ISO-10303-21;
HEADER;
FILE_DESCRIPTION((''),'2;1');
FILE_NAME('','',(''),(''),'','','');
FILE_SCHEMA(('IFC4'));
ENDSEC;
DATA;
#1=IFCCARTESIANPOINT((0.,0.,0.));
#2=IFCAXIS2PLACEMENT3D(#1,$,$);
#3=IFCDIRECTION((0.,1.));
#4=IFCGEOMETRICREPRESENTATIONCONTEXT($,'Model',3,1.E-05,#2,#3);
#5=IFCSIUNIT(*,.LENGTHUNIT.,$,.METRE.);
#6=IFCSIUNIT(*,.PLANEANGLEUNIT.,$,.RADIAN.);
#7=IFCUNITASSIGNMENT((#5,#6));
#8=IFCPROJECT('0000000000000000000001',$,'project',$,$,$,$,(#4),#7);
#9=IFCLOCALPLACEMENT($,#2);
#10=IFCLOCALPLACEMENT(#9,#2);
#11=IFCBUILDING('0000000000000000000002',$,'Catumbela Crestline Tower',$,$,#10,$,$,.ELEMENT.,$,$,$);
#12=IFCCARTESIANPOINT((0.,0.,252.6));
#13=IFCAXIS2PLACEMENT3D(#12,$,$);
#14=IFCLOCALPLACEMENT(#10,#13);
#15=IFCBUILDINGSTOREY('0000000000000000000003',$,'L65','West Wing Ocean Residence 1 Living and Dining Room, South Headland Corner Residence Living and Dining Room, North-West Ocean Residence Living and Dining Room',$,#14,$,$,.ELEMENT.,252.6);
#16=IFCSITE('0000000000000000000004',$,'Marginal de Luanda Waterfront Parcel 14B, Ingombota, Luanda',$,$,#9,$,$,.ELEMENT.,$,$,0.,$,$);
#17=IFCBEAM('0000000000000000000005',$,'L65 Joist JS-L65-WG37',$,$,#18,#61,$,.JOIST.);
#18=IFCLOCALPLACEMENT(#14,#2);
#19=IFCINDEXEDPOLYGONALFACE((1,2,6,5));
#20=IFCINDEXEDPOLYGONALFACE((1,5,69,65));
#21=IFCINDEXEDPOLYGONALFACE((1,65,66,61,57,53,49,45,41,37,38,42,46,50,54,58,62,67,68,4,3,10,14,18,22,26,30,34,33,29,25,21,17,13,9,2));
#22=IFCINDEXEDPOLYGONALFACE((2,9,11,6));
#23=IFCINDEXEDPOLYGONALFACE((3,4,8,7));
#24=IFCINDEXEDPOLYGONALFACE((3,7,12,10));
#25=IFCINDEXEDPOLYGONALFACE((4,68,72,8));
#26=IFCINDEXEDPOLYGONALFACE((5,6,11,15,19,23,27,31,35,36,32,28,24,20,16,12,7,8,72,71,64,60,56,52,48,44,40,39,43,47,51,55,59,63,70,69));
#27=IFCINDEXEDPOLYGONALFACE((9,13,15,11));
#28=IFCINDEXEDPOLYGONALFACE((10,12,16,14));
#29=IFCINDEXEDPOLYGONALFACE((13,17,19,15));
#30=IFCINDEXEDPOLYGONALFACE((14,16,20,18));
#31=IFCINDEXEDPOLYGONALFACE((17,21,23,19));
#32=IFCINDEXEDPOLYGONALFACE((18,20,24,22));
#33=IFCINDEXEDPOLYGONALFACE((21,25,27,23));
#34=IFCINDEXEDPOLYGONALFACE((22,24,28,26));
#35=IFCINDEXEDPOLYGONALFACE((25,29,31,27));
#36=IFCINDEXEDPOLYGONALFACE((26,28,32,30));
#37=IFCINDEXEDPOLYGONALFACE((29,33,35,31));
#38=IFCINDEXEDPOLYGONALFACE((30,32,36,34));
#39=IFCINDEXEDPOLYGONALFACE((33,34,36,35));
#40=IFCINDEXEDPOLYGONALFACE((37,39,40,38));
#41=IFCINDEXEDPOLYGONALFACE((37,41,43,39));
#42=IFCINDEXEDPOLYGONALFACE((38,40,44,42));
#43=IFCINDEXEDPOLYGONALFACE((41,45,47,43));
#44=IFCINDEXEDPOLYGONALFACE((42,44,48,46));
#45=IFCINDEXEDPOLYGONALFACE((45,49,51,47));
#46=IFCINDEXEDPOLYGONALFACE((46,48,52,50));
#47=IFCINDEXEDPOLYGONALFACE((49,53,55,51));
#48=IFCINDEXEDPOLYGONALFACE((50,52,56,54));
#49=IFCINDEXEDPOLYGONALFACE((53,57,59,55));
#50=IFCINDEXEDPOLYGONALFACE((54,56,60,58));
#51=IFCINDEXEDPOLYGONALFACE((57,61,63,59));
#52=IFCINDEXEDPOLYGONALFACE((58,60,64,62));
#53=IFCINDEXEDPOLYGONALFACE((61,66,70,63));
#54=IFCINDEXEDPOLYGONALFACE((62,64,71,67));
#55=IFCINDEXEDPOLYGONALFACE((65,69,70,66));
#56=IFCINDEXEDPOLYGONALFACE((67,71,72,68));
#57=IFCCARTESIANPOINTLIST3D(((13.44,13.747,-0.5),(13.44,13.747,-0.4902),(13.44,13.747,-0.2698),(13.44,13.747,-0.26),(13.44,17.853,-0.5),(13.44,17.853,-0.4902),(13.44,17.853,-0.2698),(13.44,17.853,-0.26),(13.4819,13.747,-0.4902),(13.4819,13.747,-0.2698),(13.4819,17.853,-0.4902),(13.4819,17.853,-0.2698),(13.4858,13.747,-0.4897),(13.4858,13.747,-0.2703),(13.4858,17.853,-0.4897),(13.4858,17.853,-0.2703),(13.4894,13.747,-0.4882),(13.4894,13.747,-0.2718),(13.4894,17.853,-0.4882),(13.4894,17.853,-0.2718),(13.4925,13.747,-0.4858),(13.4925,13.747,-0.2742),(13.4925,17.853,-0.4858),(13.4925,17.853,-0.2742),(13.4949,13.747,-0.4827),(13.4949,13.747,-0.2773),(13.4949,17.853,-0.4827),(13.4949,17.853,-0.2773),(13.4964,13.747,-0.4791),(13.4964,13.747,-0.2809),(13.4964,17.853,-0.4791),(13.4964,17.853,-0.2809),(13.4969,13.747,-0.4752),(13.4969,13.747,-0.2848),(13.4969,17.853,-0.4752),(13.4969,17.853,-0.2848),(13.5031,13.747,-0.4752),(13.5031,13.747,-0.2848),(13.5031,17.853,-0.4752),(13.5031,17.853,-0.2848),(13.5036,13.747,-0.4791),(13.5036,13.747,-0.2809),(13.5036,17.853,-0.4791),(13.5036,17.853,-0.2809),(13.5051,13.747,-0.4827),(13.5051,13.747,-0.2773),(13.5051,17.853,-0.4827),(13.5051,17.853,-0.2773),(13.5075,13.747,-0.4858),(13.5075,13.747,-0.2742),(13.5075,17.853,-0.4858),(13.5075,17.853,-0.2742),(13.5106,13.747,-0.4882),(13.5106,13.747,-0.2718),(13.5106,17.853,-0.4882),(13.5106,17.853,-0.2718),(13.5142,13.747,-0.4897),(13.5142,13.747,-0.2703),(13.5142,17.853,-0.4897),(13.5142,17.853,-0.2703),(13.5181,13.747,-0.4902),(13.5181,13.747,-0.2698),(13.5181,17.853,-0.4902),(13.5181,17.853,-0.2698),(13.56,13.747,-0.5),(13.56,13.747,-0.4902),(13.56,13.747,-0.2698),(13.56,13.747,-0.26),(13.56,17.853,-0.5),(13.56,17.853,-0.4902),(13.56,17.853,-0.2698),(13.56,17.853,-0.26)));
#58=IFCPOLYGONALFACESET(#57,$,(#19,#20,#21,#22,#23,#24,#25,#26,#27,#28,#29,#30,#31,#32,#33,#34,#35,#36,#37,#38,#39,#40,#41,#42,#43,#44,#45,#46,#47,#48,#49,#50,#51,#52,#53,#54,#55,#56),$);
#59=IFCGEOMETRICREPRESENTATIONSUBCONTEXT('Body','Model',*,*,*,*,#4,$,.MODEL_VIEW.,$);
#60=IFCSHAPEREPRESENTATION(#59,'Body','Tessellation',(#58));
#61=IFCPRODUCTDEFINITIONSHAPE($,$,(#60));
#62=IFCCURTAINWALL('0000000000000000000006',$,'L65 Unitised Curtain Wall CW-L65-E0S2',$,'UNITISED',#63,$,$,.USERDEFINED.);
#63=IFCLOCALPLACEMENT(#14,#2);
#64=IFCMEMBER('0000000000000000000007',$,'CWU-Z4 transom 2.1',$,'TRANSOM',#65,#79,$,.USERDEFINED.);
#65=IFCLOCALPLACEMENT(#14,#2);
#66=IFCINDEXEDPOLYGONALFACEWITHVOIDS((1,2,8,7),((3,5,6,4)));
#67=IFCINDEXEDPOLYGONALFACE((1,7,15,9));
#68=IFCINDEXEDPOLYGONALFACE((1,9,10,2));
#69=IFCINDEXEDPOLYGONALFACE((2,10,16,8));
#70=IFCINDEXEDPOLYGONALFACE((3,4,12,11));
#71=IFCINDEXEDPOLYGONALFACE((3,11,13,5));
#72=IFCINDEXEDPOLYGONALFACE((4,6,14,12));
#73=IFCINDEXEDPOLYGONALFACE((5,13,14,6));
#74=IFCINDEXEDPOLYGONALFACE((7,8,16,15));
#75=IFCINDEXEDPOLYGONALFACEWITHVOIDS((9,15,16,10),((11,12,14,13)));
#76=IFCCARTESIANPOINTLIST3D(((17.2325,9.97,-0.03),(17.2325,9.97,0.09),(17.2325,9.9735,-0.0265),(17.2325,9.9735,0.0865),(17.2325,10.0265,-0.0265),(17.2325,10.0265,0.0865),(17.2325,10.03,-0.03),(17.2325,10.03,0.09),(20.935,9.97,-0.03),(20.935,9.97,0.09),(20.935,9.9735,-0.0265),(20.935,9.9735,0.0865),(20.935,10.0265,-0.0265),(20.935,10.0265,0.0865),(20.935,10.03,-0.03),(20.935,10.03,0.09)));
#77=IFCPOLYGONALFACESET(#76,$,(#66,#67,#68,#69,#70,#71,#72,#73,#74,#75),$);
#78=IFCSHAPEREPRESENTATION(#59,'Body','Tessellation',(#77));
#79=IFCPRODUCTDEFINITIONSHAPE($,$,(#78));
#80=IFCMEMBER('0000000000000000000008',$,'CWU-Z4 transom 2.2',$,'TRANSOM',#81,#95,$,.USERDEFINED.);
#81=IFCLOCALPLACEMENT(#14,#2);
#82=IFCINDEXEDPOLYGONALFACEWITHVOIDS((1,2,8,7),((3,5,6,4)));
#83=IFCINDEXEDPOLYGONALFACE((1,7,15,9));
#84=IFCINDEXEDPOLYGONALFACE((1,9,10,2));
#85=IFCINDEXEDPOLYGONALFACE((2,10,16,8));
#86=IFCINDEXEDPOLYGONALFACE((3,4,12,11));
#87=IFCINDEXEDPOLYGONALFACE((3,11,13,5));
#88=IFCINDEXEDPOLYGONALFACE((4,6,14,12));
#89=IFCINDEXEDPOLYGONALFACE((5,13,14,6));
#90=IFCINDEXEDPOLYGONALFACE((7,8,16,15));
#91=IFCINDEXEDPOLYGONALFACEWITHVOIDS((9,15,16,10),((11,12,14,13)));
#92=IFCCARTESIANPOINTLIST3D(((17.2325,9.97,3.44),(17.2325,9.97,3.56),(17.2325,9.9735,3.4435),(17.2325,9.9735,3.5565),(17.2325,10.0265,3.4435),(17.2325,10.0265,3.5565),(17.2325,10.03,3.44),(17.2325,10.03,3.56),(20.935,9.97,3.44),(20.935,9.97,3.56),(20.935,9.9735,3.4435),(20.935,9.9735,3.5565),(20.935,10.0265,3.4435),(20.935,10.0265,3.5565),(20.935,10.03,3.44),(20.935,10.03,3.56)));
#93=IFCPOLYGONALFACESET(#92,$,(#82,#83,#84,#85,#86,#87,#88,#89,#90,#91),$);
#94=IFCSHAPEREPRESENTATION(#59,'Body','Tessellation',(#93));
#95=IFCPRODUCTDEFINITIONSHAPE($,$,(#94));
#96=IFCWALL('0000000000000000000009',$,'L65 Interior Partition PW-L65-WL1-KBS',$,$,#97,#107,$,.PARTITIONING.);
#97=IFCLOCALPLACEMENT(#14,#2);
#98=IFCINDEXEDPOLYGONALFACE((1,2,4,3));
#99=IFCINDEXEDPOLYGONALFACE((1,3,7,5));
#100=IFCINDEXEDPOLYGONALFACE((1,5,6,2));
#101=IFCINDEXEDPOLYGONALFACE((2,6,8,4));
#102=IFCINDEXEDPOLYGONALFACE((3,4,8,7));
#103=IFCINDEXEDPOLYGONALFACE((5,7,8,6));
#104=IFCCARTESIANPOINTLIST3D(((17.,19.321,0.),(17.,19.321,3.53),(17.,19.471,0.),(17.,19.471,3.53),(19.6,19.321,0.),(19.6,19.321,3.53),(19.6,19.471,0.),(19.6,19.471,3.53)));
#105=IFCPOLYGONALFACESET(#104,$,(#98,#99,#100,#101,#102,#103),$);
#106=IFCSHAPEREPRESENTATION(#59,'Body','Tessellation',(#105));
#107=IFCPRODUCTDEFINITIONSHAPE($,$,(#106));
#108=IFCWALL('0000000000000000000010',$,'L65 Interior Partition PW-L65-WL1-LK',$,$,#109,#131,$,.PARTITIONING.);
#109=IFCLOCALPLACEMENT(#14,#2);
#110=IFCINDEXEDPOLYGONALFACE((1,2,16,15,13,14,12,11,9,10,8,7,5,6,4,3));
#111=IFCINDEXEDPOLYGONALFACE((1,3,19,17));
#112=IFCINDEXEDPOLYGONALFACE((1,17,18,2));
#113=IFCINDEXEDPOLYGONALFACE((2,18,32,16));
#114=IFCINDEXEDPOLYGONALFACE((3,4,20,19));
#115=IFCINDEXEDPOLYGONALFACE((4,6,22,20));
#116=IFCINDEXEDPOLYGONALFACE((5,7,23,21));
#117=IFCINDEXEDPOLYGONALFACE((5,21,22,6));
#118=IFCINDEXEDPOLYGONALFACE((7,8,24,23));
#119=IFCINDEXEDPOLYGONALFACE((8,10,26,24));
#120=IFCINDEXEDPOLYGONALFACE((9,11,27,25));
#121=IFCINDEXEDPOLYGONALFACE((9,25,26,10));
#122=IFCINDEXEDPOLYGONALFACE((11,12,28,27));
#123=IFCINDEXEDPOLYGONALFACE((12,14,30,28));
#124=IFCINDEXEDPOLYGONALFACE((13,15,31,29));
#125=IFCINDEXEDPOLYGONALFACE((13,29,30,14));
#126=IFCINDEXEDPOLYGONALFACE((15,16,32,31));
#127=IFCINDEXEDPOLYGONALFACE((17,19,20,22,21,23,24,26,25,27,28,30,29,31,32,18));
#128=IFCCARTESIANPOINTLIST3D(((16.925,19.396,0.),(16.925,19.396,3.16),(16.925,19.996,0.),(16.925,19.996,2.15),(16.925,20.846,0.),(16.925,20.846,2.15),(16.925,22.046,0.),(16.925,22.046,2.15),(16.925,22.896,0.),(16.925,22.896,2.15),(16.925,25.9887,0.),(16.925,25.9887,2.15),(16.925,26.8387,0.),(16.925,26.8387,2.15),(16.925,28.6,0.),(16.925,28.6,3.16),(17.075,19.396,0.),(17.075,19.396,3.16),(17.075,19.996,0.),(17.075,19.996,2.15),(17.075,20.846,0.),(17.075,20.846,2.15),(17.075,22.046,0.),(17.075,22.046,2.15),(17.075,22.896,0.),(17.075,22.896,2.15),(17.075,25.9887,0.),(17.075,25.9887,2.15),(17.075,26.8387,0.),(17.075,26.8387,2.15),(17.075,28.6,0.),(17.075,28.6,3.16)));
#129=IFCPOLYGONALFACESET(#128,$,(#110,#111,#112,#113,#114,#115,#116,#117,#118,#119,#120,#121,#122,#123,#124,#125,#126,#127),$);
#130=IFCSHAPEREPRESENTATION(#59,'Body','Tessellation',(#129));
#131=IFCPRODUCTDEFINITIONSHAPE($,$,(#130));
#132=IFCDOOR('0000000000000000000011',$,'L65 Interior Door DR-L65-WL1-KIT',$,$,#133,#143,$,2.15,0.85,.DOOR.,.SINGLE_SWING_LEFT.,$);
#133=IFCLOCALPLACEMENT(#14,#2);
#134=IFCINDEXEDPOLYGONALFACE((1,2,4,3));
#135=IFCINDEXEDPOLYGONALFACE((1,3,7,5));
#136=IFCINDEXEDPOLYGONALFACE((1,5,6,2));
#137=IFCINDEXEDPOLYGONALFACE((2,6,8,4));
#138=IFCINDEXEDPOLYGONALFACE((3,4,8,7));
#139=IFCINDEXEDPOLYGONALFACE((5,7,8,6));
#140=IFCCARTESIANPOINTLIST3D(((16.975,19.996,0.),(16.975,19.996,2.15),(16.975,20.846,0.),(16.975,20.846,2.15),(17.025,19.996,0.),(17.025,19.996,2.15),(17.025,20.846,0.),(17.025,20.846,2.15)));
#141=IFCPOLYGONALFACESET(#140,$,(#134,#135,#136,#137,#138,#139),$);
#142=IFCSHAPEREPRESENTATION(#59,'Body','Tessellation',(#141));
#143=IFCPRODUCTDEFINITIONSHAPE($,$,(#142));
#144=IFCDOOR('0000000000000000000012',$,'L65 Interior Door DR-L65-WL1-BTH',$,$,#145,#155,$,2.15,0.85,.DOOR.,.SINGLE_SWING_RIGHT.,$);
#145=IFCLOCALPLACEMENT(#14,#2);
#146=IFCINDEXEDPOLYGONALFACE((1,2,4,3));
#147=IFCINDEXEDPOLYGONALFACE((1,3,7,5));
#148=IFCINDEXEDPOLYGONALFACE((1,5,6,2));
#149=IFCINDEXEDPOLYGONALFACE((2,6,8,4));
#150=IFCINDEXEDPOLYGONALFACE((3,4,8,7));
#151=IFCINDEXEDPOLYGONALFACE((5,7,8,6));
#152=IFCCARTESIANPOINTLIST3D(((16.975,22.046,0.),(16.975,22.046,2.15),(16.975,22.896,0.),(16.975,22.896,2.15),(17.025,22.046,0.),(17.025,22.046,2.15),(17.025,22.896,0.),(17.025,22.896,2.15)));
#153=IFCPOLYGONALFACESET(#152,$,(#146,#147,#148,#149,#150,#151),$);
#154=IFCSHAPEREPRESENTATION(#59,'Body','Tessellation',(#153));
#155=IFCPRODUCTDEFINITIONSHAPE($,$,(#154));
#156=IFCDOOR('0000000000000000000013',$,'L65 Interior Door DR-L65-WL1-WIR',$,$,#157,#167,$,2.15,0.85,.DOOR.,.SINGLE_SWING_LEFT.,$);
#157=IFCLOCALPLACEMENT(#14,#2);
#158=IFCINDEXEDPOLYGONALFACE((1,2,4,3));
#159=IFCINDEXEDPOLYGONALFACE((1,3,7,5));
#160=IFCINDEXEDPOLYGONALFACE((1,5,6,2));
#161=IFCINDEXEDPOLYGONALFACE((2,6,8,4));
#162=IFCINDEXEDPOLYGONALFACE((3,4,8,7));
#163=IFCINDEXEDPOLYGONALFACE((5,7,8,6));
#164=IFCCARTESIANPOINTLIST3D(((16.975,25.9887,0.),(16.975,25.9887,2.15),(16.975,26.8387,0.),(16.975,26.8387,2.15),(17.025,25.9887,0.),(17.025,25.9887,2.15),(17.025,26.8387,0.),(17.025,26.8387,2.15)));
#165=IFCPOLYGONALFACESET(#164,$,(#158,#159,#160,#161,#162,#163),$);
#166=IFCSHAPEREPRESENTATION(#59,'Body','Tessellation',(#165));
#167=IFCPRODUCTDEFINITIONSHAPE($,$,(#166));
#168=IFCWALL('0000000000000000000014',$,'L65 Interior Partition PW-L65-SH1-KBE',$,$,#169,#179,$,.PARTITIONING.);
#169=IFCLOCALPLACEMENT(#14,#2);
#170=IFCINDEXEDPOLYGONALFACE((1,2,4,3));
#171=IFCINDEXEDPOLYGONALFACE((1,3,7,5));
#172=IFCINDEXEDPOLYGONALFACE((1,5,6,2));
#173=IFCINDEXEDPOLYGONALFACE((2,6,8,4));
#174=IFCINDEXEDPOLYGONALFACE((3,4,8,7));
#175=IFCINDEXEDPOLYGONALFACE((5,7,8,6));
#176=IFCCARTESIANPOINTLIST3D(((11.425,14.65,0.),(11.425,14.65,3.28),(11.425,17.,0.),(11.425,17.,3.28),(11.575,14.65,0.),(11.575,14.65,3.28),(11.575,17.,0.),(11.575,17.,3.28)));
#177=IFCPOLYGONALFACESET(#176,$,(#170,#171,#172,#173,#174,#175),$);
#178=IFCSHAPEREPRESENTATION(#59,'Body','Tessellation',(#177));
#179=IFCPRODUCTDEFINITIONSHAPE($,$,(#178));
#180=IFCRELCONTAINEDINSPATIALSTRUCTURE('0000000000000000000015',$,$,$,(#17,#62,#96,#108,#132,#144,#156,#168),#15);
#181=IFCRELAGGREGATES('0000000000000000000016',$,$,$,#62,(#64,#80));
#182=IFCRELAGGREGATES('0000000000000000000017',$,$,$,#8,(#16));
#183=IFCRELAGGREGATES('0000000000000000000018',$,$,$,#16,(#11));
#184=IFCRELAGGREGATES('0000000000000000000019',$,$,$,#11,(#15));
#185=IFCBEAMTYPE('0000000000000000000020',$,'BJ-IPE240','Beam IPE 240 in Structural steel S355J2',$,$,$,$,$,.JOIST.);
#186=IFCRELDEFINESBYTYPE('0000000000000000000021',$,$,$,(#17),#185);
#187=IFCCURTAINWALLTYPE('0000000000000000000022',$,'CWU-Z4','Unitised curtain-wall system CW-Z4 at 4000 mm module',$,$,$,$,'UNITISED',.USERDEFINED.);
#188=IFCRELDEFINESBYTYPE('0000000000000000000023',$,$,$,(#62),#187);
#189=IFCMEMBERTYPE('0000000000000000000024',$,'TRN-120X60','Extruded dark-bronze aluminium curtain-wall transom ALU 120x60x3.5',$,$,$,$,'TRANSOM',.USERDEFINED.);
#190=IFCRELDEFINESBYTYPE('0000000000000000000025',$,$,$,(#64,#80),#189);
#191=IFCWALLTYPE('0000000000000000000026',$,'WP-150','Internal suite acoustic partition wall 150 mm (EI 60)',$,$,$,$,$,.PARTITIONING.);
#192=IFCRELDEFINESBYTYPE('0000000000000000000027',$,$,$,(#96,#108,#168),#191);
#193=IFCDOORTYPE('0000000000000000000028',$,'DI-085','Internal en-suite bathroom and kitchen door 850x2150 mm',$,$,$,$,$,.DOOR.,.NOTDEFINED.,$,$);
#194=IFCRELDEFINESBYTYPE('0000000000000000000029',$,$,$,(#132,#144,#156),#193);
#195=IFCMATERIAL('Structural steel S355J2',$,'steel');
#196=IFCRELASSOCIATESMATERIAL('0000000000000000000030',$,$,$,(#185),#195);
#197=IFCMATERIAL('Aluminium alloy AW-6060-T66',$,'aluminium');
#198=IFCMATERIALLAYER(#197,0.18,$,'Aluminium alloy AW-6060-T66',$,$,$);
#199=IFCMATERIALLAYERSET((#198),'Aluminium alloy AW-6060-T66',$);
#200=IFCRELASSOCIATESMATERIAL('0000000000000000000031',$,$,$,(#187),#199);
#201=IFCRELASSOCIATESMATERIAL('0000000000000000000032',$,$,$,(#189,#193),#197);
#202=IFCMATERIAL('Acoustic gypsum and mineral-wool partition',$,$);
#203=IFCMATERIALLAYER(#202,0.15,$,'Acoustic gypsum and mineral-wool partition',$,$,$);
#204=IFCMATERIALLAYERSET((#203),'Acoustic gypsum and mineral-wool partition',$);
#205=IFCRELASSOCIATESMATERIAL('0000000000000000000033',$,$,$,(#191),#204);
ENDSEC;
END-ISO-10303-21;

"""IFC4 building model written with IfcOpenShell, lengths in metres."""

from ifc_helpers import new_model, si_unit, direction, frame, frame_2d, origin, origin_2d, place, context, subcontext, project, spatial, rectangle, hollow_rectangle, i_section, extrude, material, layer, layer_set, material_profile, profile_set, type_object, element, fill, aggregate, save


model = new_model("IFC4")

# Units and contexts
model_context = context("Model", 3, precision=1e-05, world=origin(), true_north=direction((0.0, 1.0)))
body_context = subcontext(model_context, "Body", "Model", "MODEL_VIEW")
ifc_project = project(units=[si_unit("LENGTHUNIT", "METRE"), si_unit("PLANEANGLEUNIT", "RADIAN")], contexts=[model_context])

# Site, building, storey
site_placement = place(None, origin())
site = spatial("IfcSite", under=ifc_project, at=site_placement, Name="Marginal de Luanda Waterfront Parcel 14B, Ingombota, Luanda", CompositionType="ELEMENT", RefElevation=0.0)
building_placement = place(site_placement, origin())
building = spatial("IfcBuilding", under=site, at=building_placement, Name="Catumbela Crestline Tower", CompositionType="ELEMENT")
storey_placement = place(building_placement, frame((0.0, 0.0, 252.6)))
storey = spatial("IfcBuildingStorey", under=building, at=storey_placement, Name="L65", Description="West Wing Ocean Residence 1 Living and Dining Room, South Headland Corner Residence Living and Dining Room, North-West Ocean Residence Living and Dining Room", CompositionType="ELEMENT", Elevation=252.6)

# Shared definitions
ifc_material_1 = material(Name="Structural steel S355J2", Category="steel")

# Beam
ifc_material_profile_1 = material_profile(ifc_material_1, i_section(OverallWidth=0.12, OverallDepth=0.24, WebThickness=0.0062, FlangeThickness=0.0098, FilletRadius=0.015, at=origin_2d()), Name="IPE 240")
ifc_profile_set_1 = profile_set([ifc_material_profile_1], Name="Structural steel S355J2")
beam_type_1 = type_object("IfcBeamType", Name="BJ-IPE240", Description="Beam IPE 240 in Structural steel S355J2", PredefinedType="JOIST", material=ifc_profile_set_1)
for number, where, z_axis, x_axis, name in (
    (1, (13.5, 13.747, -0.38), (0.0, 1.0, 0.0), (-1.0, 0.0, 0.0), "L65 Joist JS-L65-WG37"),
):
    element("IfcBeam", number, at=place(storey_placement, frame(where, z_axis=z_axis, x_axis=x_axis)), inside=storey, type_object=beam_type_1, Name=name, PredefinedType="JOIST", context=body_context, shape_type="SweptSolid", body=[
        extrude(i_section(OverallWidth=0.12, OverallDepth=0.24, WebThickness=0.0062, FlangeThickness=0.0098, FilletRadius=0.015, at=origin_2d()), origin(), (0.0, 0.0, 1.0), 4.106),
    ])

# Curtain wall, members
ifc_material_2 = material(Name="Aluminium alloy AW-6060-T66", Category="aluminium")
ifc_layer_1 = layer(ifc_material_2, 0.18, Name="Aluminium alloy AW-6060-T66")
ifc_layer_set_1 = layer_set([ifc_layer_1], Name="Aluminium alloy AW-6060-T66")
curtain_wall_type = type_object("IfcCurtainWallType", Name="CWU-Z4", Description="Unitised curtain-wall system CW-Z4 at 4000 mm module", ElementType="UNITISED", PredefinedType="USERDEFINED", material=ifc_layer_set_1)
curtain_wall_placement = place(storey_placement, origin())
curtain_wall = element("IfcCurtainWall", 2, at=curtain_wall_placement, inside=storey, type_object=curtain_wall_type, Name="L65 Unitised Curtain Wall CW-L65-E0S2", ObjectType="UNITISED", PredefinedType="USERDEFINED")
ifc_material_profile_2 = material_profile(ifc_material_2, hollow_rectangle(XDim=0.06, YDim=0.12, WallThickness=0.0035, at=origin_2d()), Name="ALU 120x60x3.5")
ifc_profile_set_2 = profile_set([ifc_material_profile_2], Name="Aluminium alloy AW-6060-T66")
member_type = type_object("IfcMemberType", Name="TRN-120X60", Description="Extruded dark-bronze aluminium curtain-wall transom ALU 120x60x3.5", ElementType="TRANSOM", PredefinedType="USERDEFINED", material=ifc_profile_set_2)
member_1_placement = place(storey_placement, frame((17.2325, 10.0, 0.03), z_axis=(1.0, 0.0, 0.0), x_axis=(0.0, 1.0, 0.0)))
member_1 = element("IfcMember", 3, at=member_1_placement, type_object=member_type, Name="CWU-Z4 transom 2.1", ObjectType="TRANSOM", PredefinedType="USERDEFINED", context=body_context, shape_type="SweptSolid", body=[
    extrude(hollow_rectangle(XDim=0.06, YDim=0.12, WallThickness=0.0035, at=origin_2d()), origin(), (0.0, 0.0, 1.0), 3.7025),
])
member_2_placement = place(storey_placement, frame((17.2325, 10.0, 3.5), z_axis=(1.0, 0.0, 0.0), x_axis=(0.0, 1.0, 0.0)))
member_2 = element("IfcMember", 4, at=member_2_placement, type_object=member_type, Name="CWU-Z4 transom 2.2", ObjectType="TRANSOM", PredefinedType="USERDEFINED", context=body_context, shape_type="SweptSolid", body=[
    extrude(hollow_rectangle(XDim=0.06, YDim=0.12, WallThickness=0.0035, at=origin_2d()), origin(), (0.0, 0.0, 1.0), 3.7025),
])
aggregate(curtain_wall, [member_1, member_2])

# Wall
ifc_material_3 = material(Name="Acoustic gypsum and mineral-wool partition")
ifc_layer_2 = layer(ifc_material_3, 0.15, Name="Acoustic gypsum and mineral-wool partition")
ifc_layer_set_2 = layer_set([ifc_layer_2], Name="Acoustic gypsum and mineral-wool partition")
wall_type = type_object("IfcWallType", Name="WP-150", Description="Internal suite acoustic partition wall 150 mm (EI 60)", PredefinedType="PARTITIONING", material=ifc_layer_set_2)
wall_1_placement = place(storey_placement, frame((17.0, 19.396, 0.0), z_axis=(0.0, 0.0, 1.0), x_axis=(1.0, 0.0, 0.0)))
element("IfcWall", 5, at=wall_1_placement, inside=storey, type_object=wall_type, Name="L65 Interior Partition PW-L65-WL1-KBS", PredefinedType="PARTITIONING", context=body_context, shape_type="SweptSolid", body=[
    extrude(rectangle(XDim=2.6, YDim=0.15, at=frame_2d((1.3, 0.0))), origin(), (0.0, 0.0, 1.0), 3.53),
])

# Wall, openings, doors
wall_2_placement = place(storey_placement, frame((17.0, 19.396, 0.0), z_axis=(0.0, 0.0, 1.0), x_axis=(0.0, 1.0, 0.0)))
wall_2 = element("IfcWall", 6, at=wall_2_placement, inside=storey, type_object=wall_type, Name="L65 Interior Partition PW-L65-WL1-LK", PredefinedType="PARTITIONING", context=body_context, shape_type="SweptSolid", body=[
    extrude(rectangle(XDim=9.204, YDim=0.15, at=frame_2d((4.602, 0.0))), origin(), (0.0, 0.0, 1.0), 3.16),
])
opening_1_placement = place(wall_2_placement, frame((0.6, 0.0, 0.0)))
opening_1 = element("IfcOpeningElement", 7, at=opening_1_placement, cuts=wall_2, PredefinedType="OPENING", context=body_context, shape_type="SweptSolid", body=[
    extrude(rectangle(XDim=0.85, YDim=2.15, at=frame_2d((0.425, 1.075))), frame((0.0, 0.085, 0.0), z_axis=(0.0, -1.0, 0.0), x_axis=(1.0, 0.0, 0.0)), (0.0, 0.0, 1.0), 0.17),
])
opening_2_placement = place(wall_2_placement, frame((2.65, 0.0, 0.0)))
opening_2 = element("IfcOpeningElement", 8, at=opening_2_placement, cuts=wall_2, PredefinedType="OPENING", context=body_context, shape_type="SweptSolid", body=[
    extrude(rectangle(XDim=0.85, YDim=2.15, at=frame_2d((0.425, 1.075))), frame((0.0, 0.085, 0.0), z_axis=(0.0, -1.0, 0.0), x_axis=(1.0, 0.0, 0.0)), (0.0, 0.0, 1.0), 0.17),
])
opening_3_placement = place(wall_2_placement, frame((6.5927, 0.0, 0.0)))
opening_3 = element("IfcOpeningElement", 9, at=opening_3_placement, cuts=wall_2, PredefinedType="OPENING", context=body_context, shape_type="SweptSolid", body=[
    extrude(rectangle(XDim=0.85, YDim=2.15, at=frame_2d((0.425, 1.075))), frame((0.0, 0.085, 0.0), z_axis=(0.0, -1.0, 0.0), x_axis=(1.0, 0.0, 0.0)), (0.0, 0.0, 1.0), 0.17),
])
door_type_1 = type_object("IfcDoorType", Name="DI-085", Description="Internal en-suite bathroom and kitchen door 850x2150 mm", OperationType="NOTDEFINED", PredefinedType="DOOR", material=ifc_material_2)
door_1_placement = place(opening_1_placement, origin())
door_1 = element("IfcDoor", 10, at=door_1_placement, inside=storey, type_object=door_type_1, Name="L65 Interior Door DR-L65-WL1-KIT", OperationType="SINGLE_SWING_LEFT", OverallHeight=2.15, OverallWidth=0.85, PredefinedType="DOOR", context=body_context, shape_type="SweptSolid", body=[
    extrude(rectangle(XDim=0.85, YDim=2.15, at=frame_2d((0.425, 1.075))), frame((0.0, 0.025, 0.0), z_axis=(0.0, -1.0, 0.0), x_axis=(1.0, 0.0, 0.0)), (0.0, 0.0, 1.0), 0.05),
])
fill(opening_1, door_1)
door_2_placement = place(opening_2_placement, origin())
door_2 = element("IfcDoor", 11, at=door_2_placement, inside=storey, type_object=door_type_1, Name="L65 Interior Door DR-L65-WL1-BTH", OperationType="SINGLE_SWING_RIGHT", OverallHeight=2.15, OverallWidth=0.85, PredefinedType="DOOR", context=body_context, shape_type="SweptSolid", body=[
    extrude(rectangle(XDim=0.85, YDim=2.15, at=frame_2d((0.425, 1.075))), frame((0.0, 0.025, 0.0), z_axis=(0.0, -1.0, 0.0), x_axis=(1.0, 0.0, 0.0)), (0.0, 0.0, 1.0), 0.05),
])
fill(opening_2, door_2)
door_3_placement = place(opening_3_placement, origin())
door_3 = element("IfcDoor", 12, at=door_3_placement, inside=storey, type_object=door_type_1, Name="L65 Interior Door DR-L65-WL1-WIR", OperationType="SINGLE_SWING_LEFT", OverallHeight=2.15, OverallWidth=0.85, PredefinedType="DOOR", context=body_context, shape_type="SweptSolid", body=[
    extrude(rectangle(XDim=0.85, YDim=2.15, at=frame_2d((0.425, 1.075))), frame((0.0, 0.025, 0.0), z_axis=(0.0, -1.0, 0.0), x_axis=(1.0, 0.0, 0.0)), (0.0, 0.0, 1.0), 0.05),
])
fill(opening_3, door_3)

# Wall
wall_3_placement = place(storey_placement, frame((11.5, 14.65, 0.0), z_axis=(0.0, 0.0, 1.0), x_axis=(0.0, 1.0, 0.0)))
element("IfcWall", 13, at=wall_3_placement, inside=storey, type_object=wall_type, Name="L65 Interior Partition PW-L65-SH1-KBE", PredefinedType="PARTITIONING", context=body_context, shape_type="SweptSolid", body=[
    extrude(rectangle(XDim=2.35, YDim=0.15, at=frame_2d((1.175, 0.0))), origin(), (0.0, 0.0, 1.0), 3.28),
])

save(model, "model.ifc")
